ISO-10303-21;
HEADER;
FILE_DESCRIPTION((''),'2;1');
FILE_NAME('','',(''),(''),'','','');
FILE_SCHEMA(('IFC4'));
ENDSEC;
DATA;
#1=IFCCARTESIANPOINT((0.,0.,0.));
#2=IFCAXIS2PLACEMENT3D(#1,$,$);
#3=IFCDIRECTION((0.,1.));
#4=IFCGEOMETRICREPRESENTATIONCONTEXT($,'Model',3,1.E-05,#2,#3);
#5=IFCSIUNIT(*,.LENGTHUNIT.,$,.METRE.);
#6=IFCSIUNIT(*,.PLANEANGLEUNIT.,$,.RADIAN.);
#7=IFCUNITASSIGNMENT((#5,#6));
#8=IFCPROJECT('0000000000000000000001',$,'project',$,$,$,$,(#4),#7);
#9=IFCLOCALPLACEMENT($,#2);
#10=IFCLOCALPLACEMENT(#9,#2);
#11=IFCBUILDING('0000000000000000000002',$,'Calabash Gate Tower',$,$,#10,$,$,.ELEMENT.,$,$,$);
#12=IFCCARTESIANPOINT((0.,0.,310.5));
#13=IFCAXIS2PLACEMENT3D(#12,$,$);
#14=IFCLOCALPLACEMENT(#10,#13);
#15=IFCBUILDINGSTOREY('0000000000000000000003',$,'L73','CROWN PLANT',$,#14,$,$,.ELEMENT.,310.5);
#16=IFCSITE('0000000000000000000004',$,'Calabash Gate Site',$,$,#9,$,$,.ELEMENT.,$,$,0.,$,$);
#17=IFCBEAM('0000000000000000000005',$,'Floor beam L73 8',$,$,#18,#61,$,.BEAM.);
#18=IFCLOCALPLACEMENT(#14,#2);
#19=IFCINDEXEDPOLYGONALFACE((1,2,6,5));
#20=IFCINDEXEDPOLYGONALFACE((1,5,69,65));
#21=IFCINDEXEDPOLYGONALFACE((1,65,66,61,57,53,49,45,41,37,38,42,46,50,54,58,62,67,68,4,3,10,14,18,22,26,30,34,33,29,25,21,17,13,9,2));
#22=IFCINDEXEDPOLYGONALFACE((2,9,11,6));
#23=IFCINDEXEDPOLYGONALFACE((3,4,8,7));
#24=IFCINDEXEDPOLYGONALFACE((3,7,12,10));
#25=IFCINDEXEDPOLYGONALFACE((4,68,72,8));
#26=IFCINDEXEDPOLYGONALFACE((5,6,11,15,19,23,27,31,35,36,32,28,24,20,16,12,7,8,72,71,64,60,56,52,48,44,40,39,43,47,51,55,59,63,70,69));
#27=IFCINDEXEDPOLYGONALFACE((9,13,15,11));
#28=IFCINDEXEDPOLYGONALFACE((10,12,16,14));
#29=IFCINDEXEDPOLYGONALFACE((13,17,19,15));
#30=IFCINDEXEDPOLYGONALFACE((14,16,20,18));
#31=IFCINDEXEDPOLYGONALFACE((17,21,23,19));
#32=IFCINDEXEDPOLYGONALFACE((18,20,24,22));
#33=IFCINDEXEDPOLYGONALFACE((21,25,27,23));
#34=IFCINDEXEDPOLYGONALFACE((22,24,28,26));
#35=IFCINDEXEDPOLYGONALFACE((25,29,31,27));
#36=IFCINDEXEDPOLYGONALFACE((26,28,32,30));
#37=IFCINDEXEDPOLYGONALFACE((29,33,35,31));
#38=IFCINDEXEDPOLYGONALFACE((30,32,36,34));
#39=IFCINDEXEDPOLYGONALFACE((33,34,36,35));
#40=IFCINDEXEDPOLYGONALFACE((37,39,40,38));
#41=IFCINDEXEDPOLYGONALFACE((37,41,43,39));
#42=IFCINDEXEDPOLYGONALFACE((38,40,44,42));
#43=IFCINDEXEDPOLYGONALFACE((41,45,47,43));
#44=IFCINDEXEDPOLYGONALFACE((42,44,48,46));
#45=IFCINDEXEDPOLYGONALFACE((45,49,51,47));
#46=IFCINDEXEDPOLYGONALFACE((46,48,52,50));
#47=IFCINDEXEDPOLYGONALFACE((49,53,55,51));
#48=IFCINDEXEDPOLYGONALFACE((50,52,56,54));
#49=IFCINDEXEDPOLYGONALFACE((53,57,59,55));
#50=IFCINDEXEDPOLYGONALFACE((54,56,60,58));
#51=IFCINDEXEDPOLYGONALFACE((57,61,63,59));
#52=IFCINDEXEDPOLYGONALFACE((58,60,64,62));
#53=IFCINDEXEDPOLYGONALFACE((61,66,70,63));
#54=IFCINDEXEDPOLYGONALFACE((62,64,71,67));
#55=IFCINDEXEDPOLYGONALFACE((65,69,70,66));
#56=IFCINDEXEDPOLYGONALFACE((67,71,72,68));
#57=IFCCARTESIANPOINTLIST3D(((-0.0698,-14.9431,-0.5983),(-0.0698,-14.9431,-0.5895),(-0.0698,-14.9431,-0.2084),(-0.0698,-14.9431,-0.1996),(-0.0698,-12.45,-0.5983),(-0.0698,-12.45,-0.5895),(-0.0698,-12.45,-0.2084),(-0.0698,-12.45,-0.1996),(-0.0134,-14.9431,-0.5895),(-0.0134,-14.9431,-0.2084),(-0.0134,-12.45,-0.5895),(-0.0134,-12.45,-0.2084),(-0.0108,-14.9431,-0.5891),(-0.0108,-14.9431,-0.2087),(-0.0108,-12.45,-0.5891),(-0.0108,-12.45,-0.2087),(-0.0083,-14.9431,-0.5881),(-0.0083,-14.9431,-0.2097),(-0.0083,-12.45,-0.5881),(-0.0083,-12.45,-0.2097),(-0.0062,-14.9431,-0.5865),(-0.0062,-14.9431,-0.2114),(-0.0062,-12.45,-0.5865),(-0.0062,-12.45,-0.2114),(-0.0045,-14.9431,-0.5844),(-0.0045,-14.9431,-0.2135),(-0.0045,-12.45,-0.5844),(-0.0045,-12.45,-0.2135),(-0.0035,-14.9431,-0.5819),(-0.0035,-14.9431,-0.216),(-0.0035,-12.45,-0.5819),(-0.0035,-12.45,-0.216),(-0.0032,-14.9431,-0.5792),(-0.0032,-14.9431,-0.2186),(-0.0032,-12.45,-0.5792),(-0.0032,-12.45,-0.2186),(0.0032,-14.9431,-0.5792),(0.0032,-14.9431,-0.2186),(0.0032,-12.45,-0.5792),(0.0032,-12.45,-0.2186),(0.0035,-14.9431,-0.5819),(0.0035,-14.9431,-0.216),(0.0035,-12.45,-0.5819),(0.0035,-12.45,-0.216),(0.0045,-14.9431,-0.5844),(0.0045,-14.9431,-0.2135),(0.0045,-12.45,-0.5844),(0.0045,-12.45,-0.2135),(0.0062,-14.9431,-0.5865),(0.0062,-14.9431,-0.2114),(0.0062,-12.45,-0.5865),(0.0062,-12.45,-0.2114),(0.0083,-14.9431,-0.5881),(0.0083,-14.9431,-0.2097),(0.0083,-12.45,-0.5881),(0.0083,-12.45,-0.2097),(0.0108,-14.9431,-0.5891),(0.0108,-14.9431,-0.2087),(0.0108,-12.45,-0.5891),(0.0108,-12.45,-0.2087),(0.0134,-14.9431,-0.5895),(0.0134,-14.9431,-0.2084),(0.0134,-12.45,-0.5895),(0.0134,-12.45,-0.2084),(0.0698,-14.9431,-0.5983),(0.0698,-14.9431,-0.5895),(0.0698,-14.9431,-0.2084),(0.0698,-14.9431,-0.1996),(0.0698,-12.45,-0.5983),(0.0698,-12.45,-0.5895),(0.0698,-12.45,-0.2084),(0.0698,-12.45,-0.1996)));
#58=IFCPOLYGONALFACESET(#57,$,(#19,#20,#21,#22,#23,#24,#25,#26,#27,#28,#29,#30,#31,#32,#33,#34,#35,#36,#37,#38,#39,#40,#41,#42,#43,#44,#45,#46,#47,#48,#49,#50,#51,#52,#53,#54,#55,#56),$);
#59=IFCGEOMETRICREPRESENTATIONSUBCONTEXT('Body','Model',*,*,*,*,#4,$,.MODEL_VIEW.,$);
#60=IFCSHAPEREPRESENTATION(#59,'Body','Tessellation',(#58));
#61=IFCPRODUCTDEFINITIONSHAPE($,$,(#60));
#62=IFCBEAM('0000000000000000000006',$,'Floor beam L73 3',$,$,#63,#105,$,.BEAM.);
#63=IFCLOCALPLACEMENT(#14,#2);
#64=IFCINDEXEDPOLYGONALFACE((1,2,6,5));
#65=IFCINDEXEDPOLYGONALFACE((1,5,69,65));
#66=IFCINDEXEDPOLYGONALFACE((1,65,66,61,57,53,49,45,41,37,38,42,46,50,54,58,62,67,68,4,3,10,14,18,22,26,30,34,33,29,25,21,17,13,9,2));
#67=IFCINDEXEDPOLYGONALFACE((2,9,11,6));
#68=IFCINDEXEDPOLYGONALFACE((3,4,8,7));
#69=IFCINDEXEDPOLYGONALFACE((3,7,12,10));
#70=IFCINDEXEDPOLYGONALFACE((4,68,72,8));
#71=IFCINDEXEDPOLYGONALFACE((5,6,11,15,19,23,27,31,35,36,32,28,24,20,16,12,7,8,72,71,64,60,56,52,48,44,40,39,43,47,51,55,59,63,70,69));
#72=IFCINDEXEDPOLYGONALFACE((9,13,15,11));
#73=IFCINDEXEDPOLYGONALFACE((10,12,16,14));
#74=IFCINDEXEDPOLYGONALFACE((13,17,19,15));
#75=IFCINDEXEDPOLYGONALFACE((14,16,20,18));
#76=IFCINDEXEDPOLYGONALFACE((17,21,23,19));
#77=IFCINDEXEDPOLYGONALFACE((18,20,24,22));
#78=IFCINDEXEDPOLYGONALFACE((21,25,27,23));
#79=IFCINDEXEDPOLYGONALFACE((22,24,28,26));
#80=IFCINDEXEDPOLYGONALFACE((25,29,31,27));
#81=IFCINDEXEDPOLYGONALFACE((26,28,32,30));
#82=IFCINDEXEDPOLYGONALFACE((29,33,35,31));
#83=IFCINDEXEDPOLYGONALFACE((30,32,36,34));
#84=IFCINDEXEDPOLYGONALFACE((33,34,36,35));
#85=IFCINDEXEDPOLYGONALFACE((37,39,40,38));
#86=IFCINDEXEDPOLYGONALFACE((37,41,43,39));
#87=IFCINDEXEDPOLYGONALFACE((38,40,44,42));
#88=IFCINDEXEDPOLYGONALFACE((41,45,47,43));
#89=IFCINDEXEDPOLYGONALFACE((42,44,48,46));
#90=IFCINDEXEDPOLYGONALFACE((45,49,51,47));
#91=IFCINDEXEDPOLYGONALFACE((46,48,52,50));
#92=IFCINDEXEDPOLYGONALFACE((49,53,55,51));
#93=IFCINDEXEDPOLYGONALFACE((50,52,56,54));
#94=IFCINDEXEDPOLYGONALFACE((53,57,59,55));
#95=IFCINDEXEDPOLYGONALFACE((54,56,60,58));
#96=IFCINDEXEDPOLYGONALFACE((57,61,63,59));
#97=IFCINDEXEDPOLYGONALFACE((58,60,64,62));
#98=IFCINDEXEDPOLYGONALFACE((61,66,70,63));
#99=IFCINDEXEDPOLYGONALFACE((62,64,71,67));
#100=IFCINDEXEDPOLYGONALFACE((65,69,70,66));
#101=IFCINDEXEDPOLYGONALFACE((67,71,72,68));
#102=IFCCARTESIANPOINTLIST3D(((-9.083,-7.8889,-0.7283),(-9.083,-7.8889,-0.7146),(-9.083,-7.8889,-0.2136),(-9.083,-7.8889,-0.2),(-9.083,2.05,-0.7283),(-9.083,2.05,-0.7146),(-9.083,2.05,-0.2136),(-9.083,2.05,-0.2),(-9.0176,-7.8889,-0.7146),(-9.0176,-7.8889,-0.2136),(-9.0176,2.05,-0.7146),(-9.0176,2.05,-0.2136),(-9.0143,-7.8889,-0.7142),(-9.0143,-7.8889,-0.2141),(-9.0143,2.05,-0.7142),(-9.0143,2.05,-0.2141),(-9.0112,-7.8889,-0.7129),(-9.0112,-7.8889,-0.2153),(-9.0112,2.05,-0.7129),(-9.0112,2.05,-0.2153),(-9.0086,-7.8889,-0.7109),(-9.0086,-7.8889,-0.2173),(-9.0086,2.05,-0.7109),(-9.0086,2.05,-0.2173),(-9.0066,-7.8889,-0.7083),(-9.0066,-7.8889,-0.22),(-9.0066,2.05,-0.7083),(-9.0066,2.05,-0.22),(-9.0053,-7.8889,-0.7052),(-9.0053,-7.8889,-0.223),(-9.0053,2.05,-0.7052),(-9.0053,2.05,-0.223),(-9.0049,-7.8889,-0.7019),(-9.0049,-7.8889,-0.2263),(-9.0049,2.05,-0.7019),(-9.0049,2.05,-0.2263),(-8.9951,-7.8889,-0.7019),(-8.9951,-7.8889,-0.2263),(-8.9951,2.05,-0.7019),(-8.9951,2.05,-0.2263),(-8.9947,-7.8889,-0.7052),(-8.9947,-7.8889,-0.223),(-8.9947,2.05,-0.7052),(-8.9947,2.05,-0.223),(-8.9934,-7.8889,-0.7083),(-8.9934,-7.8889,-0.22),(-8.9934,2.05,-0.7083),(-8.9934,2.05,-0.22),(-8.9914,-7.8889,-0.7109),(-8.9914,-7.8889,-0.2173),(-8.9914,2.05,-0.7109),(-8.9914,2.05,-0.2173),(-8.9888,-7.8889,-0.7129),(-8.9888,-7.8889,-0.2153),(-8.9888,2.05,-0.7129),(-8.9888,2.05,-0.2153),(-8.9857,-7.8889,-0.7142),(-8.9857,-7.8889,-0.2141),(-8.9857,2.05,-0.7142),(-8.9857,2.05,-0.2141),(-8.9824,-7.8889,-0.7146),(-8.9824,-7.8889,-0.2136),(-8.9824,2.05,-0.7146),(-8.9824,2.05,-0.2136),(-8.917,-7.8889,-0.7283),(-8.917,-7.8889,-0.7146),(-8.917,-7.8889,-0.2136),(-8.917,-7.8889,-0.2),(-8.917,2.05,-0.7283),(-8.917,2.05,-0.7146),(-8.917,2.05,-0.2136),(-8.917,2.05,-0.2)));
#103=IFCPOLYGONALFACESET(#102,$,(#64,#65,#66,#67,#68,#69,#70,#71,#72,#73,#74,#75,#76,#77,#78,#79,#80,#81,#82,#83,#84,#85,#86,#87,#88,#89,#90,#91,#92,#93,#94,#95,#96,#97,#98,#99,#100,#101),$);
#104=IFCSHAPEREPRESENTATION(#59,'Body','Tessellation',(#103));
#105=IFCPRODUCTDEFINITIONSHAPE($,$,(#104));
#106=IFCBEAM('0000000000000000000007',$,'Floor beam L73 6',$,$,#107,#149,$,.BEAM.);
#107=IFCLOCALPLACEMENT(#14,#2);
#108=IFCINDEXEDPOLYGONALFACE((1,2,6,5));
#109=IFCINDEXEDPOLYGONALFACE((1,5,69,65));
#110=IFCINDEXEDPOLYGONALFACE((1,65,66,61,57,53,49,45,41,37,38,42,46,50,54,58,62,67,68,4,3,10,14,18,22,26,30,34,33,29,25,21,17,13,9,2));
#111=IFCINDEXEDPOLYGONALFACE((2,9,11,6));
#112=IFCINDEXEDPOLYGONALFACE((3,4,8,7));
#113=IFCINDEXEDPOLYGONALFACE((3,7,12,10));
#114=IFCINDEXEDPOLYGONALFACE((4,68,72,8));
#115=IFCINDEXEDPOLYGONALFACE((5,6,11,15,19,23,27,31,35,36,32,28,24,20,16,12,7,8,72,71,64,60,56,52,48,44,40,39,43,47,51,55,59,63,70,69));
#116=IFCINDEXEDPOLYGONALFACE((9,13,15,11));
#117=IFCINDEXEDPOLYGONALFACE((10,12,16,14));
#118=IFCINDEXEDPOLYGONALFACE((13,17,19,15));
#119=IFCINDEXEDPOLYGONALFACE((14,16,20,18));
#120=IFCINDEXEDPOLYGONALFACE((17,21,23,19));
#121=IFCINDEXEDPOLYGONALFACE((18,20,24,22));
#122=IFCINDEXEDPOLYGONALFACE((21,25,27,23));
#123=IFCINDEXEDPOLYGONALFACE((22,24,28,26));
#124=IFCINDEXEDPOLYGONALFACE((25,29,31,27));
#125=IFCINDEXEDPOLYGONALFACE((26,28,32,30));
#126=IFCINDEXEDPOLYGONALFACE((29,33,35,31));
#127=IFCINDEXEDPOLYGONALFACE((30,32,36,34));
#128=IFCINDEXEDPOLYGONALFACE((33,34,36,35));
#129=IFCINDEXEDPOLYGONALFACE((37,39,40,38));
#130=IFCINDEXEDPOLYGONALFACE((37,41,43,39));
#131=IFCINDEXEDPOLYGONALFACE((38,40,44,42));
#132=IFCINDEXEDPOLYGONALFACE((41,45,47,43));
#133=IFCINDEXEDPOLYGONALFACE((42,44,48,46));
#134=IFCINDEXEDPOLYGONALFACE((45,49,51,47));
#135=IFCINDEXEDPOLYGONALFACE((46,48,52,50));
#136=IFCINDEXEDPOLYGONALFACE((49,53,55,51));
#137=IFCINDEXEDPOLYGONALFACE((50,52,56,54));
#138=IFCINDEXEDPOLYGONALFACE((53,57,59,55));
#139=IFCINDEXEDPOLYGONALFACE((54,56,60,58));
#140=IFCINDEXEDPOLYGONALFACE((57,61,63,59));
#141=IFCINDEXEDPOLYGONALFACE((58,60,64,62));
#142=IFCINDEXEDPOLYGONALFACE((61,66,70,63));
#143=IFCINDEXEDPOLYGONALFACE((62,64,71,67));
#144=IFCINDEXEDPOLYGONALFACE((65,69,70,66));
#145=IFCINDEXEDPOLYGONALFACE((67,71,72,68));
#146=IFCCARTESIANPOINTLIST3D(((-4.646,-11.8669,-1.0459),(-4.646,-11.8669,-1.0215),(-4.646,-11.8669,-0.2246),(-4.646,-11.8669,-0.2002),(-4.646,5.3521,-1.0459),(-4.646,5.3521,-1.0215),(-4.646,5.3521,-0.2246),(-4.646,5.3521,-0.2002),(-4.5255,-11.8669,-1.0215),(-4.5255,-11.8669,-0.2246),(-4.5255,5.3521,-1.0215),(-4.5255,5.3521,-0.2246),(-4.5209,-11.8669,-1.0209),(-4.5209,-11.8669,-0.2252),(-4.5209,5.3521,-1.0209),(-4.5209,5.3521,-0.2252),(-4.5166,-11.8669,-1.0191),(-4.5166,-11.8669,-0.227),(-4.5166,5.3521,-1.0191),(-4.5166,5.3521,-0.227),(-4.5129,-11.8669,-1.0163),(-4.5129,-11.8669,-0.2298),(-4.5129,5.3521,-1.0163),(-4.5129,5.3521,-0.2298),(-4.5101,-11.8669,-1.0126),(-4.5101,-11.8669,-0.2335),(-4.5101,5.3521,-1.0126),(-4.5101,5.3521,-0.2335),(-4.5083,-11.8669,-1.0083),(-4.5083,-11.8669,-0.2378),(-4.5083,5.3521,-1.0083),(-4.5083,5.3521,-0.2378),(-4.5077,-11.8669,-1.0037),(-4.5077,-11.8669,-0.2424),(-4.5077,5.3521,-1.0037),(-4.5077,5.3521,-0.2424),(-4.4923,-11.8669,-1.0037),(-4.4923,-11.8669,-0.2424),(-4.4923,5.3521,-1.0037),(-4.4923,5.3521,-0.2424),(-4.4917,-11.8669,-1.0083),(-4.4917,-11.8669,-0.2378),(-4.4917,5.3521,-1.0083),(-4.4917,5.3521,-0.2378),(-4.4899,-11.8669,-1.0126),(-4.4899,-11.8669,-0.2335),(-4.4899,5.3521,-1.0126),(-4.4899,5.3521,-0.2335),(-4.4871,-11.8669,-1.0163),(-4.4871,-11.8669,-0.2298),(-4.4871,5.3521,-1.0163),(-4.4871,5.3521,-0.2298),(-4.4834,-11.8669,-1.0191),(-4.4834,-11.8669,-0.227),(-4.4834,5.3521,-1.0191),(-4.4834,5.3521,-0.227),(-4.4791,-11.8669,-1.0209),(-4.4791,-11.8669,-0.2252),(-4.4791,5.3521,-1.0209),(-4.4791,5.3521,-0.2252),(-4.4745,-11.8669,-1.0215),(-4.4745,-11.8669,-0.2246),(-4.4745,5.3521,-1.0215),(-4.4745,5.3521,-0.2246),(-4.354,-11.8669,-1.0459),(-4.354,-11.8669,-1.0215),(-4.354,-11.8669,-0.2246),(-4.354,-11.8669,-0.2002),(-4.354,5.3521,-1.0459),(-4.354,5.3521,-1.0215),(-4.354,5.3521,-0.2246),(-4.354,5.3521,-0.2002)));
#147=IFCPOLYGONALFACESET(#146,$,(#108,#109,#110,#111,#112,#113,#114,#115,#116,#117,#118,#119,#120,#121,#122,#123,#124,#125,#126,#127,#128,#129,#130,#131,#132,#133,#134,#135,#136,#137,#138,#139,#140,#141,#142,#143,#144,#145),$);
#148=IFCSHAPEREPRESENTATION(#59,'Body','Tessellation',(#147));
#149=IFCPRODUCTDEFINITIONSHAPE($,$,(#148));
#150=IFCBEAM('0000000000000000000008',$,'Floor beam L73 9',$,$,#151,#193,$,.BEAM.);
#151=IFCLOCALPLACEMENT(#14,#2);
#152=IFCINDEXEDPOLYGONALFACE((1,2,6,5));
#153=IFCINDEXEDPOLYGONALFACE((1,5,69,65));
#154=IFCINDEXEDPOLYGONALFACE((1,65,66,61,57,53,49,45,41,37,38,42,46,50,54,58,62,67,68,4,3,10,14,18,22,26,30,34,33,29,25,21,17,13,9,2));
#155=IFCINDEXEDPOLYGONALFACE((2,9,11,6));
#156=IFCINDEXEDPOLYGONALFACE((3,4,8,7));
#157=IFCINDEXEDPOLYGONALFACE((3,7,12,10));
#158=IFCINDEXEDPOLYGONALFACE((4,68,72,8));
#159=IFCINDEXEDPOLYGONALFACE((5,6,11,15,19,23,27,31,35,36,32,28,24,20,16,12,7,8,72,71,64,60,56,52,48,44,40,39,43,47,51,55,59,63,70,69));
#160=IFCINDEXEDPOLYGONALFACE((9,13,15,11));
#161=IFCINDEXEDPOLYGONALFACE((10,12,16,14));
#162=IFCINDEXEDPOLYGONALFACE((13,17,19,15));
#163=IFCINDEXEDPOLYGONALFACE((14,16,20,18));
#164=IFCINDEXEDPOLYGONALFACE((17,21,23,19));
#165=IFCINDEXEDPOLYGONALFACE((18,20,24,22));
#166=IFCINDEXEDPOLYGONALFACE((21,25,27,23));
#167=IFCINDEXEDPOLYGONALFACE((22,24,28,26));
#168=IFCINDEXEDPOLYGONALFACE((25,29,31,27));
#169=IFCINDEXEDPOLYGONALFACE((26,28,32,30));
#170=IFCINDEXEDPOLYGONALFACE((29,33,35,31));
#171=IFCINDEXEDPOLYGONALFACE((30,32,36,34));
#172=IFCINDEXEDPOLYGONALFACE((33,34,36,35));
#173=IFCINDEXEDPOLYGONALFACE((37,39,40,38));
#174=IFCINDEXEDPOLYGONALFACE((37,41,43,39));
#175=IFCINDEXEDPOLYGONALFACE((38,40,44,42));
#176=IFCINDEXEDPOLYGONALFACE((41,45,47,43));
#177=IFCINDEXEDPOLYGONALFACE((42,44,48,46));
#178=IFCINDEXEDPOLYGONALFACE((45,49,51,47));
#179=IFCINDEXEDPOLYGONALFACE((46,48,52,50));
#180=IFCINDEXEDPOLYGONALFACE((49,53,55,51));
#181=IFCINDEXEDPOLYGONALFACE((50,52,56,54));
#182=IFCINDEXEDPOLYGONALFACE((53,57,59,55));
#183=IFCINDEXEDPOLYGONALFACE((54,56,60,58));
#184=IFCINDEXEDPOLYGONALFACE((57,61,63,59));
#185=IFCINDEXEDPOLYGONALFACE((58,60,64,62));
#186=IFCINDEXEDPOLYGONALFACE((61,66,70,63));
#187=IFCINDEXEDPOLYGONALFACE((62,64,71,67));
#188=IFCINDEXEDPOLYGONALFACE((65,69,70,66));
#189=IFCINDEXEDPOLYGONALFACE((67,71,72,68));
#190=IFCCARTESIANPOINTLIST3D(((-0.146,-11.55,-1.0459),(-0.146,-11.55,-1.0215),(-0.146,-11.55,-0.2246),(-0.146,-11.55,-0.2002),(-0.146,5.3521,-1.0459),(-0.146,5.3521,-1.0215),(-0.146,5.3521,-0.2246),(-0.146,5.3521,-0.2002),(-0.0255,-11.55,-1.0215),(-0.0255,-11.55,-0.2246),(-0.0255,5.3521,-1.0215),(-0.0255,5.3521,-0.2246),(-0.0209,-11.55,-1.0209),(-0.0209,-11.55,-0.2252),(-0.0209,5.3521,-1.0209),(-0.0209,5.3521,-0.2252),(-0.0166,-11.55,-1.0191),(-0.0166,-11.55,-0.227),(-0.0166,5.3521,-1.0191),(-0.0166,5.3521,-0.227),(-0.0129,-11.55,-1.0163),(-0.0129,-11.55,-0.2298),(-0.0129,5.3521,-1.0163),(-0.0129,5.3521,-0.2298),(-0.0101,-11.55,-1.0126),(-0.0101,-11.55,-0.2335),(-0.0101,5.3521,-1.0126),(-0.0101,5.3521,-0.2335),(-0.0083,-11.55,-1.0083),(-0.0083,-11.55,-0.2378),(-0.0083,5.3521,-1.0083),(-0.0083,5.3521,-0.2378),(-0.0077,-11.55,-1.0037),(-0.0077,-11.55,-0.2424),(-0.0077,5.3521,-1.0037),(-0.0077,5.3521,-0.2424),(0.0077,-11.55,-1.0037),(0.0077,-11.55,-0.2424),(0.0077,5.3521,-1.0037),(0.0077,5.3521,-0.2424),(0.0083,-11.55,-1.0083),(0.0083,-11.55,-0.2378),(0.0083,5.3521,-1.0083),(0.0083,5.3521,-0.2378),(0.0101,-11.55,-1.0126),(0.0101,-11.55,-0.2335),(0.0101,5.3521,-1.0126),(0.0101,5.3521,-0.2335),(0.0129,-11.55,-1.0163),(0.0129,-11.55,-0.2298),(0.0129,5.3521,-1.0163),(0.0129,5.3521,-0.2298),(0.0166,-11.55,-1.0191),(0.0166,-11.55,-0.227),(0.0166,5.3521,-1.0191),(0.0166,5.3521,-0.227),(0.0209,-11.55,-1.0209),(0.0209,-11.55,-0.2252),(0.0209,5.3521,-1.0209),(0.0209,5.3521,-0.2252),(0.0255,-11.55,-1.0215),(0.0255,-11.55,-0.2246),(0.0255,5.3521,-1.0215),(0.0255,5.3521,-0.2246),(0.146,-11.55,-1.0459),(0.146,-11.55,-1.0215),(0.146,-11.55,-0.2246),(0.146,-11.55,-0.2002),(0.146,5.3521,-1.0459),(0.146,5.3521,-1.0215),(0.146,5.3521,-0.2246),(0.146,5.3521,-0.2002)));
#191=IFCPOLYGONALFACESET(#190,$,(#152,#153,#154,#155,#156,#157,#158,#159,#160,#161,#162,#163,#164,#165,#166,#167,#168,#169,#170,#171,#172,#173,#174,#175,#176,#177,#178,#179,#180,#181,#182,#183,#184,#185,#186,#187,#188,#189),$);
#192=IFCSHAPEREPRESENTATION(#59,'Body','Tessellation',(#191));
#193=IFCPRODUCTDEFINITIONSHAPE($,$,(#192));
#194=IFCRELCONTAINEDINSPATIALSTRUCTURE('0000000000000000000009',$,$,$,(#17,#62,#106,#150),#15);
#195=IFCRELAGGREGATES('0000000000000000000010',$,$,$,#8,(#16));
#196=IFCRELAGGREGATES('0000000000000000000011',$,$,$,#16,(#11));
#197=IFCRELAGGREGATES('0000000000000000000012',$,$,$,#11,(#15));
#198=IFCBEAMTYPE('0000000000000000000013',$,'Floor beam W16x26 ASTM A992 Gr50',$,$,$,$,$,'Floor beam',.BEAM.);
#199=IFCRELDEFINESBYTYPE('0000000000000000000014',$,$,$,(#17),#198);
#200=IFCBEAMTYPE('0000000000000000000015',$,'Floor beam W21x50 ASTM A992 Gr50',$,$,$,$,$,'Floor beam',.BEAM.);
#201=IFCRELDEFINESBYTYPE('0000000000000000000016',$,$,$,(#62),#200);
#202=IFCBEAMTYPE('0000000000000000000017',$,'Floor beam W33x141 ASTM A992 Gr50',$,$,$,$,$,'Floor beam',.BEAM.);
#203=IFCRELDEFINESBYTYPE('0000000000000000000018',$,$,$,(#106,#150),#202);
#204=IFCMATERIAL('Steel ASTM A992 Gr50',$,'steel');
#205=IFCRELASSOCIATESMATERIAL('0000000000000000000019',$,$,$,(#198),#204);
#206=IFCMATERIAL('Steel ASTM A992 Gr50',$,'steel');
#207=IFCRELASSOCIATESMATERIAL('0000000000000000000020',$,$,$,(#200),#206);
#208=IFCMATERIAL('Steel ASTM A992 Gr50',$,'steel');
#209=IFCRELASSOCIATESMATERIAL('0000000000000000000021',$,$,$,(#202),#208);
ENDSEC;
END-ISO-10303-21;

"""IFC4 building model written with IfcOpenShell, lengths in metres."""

from ifc_helpers import new_model, si_unit, direction, frame, origin, origin_2d, place, context, subcontext, project, spatial, i_section, extrude, material, material_profile, profile_set, type_object, element, save


model = new_model("IFC4")

# Units and contexts
model_context = context("Model", 3, precision=1e-05, world=origin(), true_north=direction((0.0, 1.0)))
body_context = subcontext(model_context, "Body", "Model", "MODEL_VIEW")
ifc_project = project(units=[si_unit("LENGTHUNIT", "METRE"), si_unit("PLANEANGLEUNIT", "RADIAN")], contexts=[model_context])

# Site, building, storey
site_placement = place(None, origin())
site = spatial("IfcSite", under=ifc_project, at=site_placement, Name="Calabash Gate Site", CompositionType="ELEMENT", RefElevation=0.0)
building_placement = place(site_placement, origin())
building = spatial("IfcBuilding", under=site, at=building_placement, Name="Calabash Gate Tower", CompositionType="ELEMENT")
storey_placement = place(building_placement, frame((0.0, 0.0, 310.5)))
storey = spatial("IfcBuildingStorey", under=building, at=storey_placement, Name="L73", Description="CROWN PLANT", CompositionType="ELEMENT", Elevation=310.5)

# Beams
ifc_material_1 = material(Name="Steel ASTM A992 Gr50", Category="steel")
ifc_material_profile_1 = material_profile(ifc_material_1, i_section(OverallWidth=0.1396, OverallDepth=0.3987, WebThickness=0.0063, FlangeThickness=0.0088, FilletRadius=0.0103, at=origin_2d()))
ifc_profile_set_1 = profile_set([ifc_material_profile_1], Name="Steel ASTM A992 Gr50")
beam_type_1 = type_object("IfcBeamType", Name="Floor beam W16x26 ASTM A992 Gr50", ElementType="Floor beam", PredefinedType="BEAM", material=ifc_profile_set_1)
beam_1_placement = place(storey_placement, frame((0.0, -14.9431, -0.3989), z_axis=(0.0, 1.0, 0.0), x_axis=(-1.0, 0.0, 0.0)))
element("IfcBeam", 1, at=beam_1_placement, inside=storey, type_object=beam_type_1, Name="Floor beam L73 8", PredefinedType="BEAM", context=body_context, shape_type="SweptSolid", body=[
    extrude(i_section(OverallWidth=0.1396, OverallDepth=0.3987, WebThickness=0.0063, FlangeThickness=0.0088, FilletRadius=0.0103, at=origin_2d()), origin(), (0.0, 0.0, 1.0), 2.4932),
])
ifc_material_2 = material(Name="Steel ASTM A992 Gr50", Category="steel")
ifc_material_profile_2 = material_profile(ifc_material_2, i_section(OverallWidth=0.166, OverallDepth=0.5283, WebThickness=0.0098, FlangeThickness=0.0137, FilletRadius=0.0127, at=origin_2d()))
ifc_profile_set_2 = profile_set([ifc_material_profile_2], Name="Steel ASTM A992 Gr50")
beam_type_2 = type_object("IfcBeamType", Name="Floor beam W21x50 ASTM A992 Gr50", ElementType="Floor beam", PredefinedType="BEAM", material=ifc_profile_set_2)
beam_2_placement = place(storey_placement, frame((-9.0, -7.8889, -0.4641), z_axis=(0.0, 1.0, 0.0), x_axis=(-1.0, 0.0, 0.0)))
element("IfcBeam", 2, at=beam_2_placement, inside=storey, type_object=beam_type_2, Name="Floor beam L73 3", PredefinedType="BEAM", context=body_context, shape_type="SweptSolid", body=[
    extrude(i_section(OverallWidth=0.166, OverallDepth=0.5283, WebThickness=0.0098, FlangeThickness=0.0137, FilletRadius=0.0127, at=origin_2d()), origin(), (0.0, 0.0, 1.0), 9.939),
])
ifc_material_3 = material(Name="Steel ASTM A992 Gr50", Category="steel")
ifc_material_profile_3 = material_profile(ifc_material_3, i_section(OverallWidth=0.292, OverallDepth=0.8457, WebThickness=0.0154, FlangeThickness=0.0244, FilletRadius=0.0178, at=origin_2d()))
ifc_profile_set_3 = profile_set([ifc_material_profile_3], Name="Steel ASTM A992 Gr50")
beam_type_3 = type_object("IfcBeamType", Name="Floor beam W33x141 ASTM A992 Gr50", ElementType="Floor beam", PredefinedType="BEAM", material=ifc_profile_set_3)
beam_3_placement = place(storey_placement, frame((-4.5, -11.8669, -0.623), z_axis=(0.0, 1.0, 0.0), x_axis=(-1.0, 0.0, 0.0)))
element("IfcBeam", 3, at=beam_3_placement, inside=storey, type_object=beam_type_3, Name="Floor beam L73 6", PredefinedType="BEAM", context=body_context, shape_type="SweptSolid", body=[
    extrude(i_section(OverallWidth=0.292, OverallDepth=0.8457, WebThickness=0.0154, FlangeThickness=0.0244, FilletRadius=0.0178, at=origin_2d()), origin(), (0.0, 0.0, 1.0), 17.219),
])
beam_4_placement = place(storey_placement, frame((0.0, -11.55, -0.623), z_axis=(0.0, 1.0, 0.0), x_axis=(-1.0, 0.0, 0.0)))
element("IfcBeam", 4, at=beam_4_placement, inside=storey, type_object=beam_type_3, Name="Floor beam L73 9", PredefinedType="BEAM", context=body_context, shape_type="SweptSolid", body=[
    extrude(i_section(OverallWidth=0.292, OverallDepth=0.8457, WebThickness=0.0154, FlangeThickness=0.0244, FilletRadius=0.0178, at=origin_2d()), origin(), (0.0, 0.0, 1.0), 16.9021),
])

save(model, "model.ifc")
